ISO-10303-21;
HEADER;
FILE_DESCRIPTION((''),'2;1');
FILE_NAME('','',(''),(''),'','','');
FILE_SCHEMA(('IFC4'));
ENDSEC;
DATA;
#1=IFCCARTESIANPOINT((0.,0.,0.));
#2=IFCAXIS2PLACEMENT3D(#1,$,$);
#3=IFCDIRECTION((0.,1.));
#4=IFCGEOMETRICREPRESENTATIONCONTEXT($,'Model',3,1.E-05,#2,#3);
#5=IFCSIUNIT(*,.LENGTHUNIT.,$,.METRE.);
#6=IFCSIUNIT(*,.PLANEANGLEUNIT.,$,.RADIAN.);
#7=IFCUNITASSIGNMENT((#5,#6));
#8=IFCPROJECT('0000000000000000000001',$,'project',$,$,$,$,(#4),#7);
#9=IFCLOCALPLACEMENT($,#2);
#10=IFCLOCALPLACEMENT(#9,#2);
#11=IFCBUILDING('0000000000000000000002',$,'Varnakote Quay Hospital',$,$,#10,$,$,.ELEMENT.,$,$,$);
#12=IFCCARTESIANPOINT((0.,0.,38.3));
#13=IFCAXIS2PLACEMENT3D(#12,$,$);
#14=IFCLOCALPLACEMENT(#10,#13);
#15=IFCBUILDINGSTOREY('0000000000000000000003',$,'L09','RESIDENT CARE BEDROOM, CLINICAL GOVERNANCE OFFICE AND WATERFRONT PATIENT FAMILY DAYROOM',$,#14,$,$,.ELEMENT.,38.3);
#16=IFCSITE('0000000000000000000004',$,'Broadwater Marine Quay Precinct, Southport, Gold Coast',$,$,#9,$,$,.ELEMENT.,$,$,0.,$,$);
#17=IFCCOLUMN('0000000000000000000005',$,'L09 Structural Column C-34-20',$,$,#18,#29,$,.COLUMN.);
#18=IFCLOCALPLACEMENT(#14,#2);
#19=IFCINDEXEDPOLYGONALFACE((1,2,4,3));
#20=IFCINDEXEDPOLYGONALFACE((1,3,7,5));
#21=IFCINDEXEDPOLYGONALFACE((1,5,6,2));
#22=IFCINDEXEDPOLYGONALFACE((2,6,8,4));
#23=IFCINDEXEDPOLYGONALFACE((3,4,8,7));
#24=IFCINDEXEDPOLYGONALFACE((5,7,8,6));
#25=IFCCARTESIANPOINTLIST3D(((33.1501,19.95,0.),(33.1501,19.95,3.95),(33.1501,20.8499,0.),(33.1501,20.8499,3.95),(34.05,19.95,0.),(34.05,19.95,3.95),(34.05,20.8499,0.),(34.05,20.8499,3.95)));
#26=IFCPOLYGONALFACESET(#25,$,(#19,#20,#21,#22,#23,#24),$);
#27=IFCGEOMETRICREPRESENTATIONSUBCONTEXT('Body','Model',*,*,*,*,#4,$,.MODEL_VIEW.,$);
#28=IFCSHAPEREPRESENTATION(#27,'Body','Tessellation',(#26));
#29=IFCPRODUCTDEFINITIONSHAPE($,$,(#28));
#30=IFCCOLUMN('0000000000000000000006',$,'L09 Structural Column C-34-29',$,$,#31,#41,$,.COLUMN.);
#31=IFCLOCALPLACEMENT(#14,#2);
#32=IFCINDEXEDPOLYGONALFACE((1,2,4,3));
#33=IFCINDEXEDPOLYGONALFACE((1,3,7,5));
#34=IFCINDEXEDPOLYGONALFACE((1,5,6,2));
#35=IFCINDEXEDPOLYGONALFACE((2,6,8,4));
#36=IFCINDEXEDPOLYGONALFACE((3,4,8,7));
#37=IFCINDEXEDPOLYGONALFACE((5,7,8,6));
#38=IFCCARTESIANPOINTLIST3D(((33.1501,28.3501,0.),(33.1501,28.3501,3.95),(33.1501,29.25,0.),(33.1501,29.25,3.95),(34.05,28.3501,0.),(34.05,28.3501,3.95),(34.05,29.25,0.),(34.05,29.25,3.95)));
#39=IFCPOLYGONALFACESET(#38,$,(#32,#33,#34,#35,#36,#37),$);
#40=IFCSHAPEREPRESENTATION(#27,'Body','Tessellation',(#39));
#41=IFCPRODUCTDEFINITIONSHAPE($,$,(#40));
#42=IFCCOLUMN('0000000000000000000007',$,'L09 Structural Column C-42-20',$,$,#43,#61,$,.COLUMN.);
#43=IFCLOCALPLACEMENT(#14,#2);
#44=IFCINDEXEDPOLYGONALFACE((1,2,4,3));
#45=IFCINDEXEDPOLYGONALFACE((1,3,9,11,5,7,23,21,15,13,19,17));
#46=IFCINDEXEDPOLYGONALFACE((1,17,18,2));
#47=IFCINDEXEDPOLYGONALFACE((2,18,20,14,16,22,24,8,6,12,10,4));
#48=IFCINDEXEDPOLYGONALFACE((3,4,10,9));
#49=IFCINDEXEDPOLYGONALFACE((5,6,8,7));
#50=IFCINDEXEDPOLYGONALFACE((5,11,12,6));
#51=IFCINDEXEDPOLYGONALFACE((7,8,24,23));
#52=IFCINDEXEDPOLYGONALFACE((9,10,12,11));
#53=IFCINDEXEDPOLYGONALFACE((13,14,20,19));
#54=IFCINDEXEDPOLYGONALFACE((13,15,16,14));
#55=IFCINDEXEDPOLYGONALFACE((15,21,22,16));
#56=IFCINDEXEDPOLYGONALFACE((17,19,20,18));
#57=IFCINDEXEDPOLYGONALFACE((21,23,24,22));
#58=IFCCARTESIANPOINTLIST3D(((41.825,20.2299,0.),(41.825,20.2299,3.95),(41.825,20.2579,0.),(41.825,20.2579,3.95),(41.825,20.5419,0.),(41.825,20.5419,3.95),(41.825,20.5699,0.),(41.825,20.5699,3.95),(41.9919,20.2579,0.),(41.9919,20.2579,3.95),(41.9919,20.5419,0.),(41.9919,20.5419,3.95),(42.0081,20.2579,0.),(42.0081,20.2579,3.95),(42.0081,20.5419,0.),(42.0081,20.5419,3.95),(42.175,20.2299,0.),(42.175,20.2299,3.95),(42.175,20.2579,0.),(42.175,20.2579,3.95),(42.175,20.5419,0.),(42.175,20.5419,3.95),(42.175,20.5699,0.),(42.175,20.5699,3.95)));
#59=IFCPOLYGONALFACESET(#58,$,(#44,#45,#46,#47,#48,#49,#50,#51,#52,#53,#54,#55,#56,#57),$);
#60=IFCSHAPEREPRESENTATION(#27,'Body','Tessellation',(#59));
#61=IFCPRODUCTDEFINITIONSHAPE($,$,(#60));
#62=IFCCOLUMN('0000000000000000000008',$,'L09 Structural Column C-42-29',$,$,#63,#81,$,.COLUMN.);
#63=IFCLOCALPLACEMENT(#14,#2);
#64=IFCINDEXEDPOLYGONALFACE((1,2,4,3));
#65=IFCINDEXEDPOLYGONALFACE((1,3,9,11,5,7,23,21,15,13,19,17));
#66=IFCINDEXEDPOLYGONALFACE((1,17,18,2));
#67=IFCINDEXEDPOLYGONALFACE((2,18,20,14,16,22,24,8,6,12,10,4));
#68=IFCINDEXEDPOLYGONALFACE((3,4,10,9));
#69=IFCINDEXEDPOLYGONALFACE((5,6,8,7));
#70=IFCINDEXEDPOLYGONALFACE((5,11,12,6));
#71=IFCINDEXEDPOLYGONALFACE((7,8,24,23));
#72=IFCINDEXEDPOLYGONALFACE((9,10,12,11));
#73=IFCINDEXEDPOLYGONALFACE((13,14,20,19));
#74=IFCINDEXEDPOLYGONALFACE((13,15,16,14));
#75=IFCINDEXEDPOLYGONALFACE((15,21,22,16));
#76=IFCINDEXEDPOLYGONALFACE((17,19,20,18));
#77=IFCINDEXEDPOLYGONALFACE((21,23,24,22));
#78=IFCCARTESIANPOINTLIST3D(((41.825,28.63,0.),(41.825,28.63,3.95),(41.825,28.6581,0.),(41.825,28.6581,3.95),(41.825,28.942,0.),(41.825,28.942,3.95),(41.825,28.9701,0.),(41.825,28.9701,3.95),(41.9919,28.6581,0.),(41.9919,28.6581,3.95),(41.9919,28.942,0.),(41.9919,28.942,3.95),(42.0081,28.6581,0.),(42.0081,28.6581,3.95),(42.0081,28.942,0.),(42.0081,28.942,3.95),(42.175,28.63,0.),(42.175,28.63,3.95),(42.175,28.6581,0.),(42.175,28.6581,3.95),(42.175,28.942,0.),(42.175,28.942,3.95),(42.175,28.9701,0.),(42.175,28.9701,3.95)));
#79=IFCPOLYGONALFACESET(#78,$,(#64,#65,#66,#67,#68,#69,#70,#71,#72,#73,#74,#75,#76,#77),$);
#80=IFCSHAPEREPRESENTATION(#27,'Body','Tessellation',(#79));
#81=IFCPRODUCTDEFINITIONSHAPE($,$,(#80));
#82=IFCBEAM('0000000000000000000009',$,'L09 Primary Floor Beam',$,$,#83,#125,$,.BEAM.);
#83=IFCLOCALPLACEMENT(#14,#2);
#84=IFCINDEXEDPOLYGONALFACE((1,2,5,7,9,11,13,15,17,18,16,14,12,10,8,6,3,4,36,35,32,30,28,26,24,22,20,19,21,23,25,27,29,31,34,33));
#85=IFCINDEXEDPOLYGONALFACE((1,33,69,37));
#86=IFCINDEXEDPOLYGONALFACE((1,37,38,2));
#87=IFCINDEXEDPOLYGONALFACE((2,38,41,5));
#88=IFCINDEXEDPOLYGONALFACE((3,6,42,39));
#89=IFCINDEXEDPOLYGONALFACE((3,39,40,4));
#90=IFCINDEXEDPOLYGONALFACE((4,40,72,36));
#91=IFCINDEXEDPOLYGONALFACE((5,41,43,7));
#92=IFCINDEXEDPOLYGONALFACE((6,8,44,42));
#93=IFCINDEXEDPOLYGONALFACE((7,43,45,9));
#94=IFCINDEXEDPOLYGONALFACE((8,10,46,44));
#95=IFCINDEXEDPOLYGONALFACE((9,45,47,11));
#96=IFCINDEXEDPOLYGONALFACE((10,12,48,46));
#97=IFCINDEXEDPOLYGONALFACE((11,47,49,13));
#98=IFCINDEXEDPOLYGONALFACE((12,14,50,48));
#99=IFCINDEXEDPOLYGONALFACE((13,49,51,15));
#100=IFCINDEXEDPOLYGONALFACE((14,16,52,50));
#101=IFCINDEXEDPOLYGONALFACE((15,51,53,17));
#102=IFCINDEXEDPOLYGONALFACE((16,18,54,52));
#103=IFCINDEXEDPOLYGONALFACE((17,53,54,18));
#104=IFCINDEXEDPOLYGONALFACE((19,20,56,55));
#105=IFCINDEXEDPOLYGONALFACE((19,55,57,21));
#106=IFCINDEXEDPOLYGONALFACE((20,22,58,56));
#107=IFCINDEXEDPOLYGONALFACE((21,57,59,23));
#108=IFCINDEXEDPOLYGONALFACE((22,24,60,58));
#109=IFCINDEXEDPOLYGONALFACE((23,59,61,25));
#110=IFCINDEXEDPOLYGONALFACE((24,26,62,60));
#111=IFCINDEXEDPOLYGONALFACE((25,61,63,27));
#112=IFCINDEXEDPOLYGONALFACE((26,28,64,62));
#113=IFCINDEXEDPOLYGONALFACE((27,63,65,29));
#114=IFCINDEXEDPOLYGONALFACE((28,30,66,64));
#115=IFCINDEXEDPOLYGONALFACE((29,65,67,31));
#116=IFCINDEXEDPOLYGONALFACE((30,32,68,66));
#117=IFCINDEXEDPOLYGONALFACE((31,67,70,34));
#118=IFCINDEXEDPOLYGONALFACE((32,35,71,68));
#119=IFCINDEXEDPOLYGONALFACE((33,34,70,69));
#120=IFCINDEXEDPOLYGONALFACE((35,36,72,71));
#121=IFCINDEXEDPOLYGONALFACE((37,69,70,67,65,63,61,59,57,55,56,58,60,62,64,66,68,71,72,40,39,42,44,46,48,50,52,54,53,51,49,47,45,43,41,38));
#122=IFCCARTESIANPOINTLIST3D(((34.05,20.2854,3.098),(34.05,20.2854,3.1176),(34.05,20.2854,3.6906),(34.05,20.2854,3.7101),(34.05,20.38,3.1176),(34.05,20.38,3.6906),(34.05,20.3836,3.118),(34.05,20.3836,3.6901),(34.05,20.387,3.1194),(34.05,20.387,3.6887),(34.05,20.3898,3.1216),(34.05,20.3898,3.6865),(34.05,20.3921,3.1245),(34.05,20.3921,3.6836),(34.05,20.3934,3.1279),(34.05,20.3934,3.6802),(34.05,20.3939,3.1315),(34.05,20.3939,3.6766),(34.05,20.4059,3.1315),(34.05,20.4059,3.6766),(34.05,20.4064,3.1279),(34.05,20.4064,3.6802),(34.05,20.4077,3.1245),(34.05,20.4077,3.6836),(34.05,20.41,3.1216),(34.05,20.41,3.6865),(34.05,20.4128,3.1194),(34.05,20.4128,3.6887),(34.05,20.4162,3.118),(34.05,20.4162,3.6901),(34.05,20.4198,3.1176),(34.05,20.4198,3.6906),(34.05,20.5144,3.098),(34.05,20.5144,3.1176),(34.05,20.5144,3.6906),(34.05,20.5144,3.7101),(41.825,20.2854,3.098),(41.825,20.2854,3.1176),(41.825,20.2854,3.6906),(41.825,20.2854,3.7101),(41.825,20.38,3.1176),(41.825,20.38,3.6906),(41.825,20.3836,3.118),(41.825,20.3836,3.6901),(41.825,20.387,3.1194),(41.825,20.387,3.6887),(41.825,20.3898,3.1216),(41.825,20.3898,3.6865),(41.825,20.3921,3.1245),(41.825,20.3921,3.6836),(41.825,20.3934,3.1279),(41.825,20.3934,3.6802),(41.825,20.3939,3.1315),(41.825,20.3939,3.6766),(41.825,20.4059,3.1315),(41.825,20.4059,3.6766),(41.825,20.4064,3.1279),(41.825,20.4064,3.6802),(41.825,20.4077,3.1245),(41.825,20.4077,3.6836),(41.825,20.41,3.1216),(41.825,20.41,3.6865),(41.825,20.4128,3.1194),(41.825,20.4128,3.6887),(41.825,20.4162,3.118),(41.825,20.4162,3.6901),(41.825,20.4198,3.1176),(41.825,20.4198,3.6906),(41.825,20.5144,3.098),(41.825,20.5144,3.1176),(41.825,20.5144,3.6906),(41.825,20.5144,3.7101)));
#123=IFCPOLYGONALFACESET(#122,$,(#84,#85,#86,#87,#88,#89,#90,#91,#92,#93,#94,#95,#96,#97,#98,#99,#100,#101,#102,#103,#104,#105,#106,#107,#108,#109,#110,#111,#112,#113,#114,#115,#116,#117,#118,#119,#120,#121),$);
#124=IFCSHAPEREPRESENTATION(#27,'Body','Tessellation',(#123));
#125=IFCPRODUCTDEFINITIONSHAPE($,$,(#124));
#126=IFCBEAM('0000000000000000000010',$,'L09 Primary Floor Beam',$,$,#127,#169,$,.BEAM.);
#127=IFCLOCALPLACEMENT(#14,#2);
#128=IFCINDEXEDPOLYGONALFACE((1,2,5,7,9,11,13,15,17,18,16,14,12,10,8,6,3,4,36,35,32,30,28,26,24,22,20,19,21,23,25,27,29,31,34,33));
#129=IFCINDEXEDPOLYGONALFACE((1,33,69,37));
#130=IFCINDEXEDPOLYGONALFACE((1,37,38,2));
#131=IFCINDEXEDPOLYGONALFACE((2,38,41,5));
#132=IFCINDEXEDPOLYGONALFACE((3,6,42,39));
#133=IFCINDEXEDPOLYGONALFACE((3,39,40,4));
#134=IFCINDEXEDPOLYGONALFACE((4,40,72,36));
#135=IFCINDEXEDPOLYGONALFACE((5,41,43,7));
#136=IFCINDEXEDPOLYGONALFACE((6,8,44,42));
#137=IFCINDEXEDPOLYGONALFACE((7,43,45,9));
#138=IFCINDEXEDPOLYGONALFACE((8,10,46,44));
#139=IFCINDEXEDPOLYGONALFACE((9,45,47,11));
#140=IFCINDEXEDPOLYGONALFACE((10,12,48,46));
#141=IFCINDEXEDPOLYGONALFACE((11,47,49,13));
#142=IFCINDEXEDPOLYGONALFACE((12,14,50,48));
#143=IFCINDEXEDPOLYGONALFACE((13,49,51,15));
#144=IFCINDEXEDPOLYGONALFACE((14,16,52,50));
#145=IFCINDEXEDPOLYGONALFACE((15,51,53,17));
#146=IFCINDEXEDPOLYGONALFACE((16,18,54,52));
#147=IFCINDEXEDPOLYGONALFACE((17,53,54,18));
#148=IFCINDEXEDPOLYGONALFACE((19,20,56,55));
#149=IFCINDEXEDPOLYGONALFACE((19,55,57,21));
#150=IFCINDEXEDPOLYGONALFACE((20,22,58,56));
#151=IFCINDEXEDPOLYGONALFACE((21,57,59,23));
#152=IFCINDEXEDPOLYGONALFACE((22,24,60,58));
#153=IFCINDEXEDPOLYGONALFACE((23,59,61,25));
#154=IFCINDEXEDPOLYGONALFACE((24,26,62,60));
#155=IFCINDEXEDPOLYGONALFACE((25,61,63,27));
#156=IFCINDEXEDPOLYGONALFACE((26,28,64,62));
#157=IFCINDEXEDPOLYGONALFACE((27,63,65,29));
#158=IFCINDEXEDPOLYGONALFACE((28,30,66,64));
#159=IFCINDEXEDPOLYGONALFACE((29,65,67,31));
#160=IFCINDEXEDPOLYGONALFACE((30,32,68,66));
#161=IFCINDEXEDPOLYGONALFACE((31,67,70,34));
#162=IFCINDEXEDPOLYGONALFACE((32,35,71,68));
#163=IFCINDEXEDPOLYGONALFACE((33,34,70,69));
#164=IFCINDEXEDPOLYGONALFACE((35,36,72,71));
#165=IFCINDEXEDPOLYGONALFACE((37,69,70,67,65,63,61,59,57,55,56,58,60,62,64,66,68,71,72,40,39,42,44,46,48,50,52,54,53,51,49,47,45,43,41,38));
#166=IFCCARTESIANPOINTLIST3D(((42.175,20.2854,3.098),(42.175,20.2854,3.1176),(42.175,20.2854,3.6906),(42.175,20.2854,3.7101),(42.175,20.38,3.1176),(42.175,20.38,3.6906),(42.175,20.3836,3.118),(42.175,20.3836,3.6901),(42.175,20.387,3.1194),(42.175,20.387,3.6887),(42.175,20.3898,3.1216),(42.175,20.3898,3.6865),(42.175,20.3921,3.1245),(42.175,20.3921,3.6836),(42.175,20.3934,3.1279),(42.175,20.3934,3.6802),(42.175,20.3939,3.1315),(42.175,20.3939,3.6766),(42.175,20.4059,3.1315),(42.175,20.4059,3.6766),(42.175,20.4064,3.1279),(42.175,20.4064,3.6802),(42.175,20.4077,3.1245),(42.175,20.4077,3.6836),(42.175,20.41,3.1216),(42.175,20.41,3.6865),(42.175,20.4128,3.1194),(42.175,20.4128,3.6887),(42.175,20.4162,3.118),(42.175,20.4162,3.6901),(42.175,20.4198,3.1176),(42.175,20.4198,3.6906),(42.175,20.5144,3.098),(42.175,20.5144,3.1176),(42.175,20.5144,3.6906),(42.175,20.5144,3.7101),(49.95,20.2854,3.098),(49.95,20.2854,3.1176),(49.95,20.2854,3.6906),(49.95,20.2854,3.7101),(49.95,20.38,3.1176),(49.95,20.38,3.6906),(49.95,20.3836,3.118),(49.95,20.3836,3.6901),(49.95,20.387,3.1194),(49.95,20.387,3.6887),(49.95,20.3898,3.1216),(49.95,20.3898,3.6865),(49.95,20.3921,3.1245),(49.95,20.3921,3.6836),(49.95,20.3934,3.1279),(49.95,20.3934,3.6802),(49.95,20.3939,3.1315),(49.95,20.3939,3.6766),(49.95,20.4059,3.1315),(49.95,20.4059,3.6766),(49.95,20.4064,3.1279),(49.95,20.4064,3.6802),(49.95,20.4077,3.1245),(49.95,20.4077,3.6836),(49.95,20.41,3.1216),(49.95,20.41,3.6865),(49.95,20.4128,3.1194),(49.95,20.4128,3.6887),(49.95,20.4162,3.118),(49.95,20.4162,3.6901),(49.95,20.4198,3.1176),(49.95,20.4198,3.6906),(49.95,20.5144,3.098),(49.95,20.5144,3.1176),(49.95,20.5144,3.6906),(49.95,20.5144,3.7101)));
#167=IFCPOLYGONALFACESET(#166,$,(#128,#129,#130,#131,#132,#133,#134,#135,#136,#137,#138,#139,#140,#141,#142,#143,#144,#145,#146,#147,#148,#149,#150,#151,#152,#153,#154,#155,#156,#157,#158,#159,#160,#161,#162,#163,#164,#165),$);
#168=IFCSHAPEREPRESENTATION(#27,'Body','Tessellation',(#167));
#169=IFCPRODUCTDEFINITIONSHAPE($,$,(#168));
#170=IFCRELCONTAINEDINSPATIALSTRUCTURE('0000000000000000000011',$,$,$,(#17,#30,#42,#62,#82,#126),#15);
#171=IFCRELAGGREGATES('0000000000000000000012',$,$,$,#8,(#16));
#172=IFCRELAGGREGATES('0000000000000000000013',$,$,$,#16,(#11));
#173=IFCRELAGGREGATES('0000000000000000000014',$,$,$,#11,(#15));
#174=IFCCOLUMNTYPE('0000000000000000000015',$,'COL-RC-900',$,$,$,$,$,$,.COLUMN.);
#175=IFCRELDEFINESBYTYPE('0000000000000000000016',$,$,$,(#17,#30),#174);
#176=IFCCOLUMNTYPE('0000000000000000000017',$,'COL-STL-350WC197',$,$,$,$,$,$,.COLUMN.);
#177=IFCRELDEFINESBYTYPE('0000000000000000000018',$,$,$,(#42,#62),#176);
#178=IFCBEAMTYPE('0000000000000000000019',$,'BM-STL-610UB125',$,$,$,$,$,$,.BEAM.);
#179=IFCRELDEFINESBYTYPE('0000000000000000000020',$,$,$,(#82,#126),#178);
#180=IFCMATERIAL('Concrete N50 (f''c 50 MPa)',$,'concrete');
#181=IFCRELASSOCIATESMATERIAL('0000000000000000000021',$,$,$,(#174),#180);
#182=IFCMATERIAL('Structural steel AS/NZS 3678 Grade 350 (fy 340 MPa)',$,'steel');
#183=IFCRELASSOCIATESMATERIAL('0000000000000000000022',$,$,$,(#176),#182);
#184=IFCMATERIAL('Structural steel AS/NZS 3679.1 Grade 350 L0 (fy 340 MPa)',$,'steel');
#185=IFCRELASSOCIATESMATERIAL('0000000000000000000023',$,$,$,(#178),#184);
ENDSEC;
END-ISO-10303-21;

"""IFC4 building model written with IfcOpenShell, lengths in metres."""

from ifc_helpers import new_model, si_unit, direction, frame, origin, origin_2d, place, context, subcontext, project, spatial, rectangle, i_section, extrude, material, material_profile, profile_set, type_object, element, save


model = new_model("IFC4")

# Units and contexts
model_context = context("Model", 3, precision=1e-05, world=origin(), true_north=direction((0.0, 1.0)))
body_context = subcontext(model_context, "Body", "Model", "MODEL_VIEW")
ifc_project = project(units=[si_unit("LENGTHUNIT", "METRE"), si_unit("PLANEANGLEUNIT", "RADIAN")], contexts=[model_context])

# Site, building, storey
site_placement = place(None, origin())
site = spatial("IfcSite", under=ifc_project, at=site_placement, Name="Broadwater Marine Quay Precinct, Southport, Gold Coast", CompositionType="ELEMENT", RefElevation=0.0)
building_placement = place(site_placement, origin())
building = spatial("IfcBuilding", under=site, at=building_placement, Name="Varnakote Quay Hospital", CompositionType="ELEMENT")
storey_placement = place(building_placement, frame((0.0, 0.0, 38.3)))
storey = spatial("IfcBuildingStorey", under=building, at=storey_placement, Name="L09", Description="RESIDENT CARE BEDROOM, CLINICAL GOVERNANCE OFFICE AND WATERFRONT PATIENT FAMILY DAYROOM", CompositionType="ELEMENT", Elevation=38.3)

# Columns
ifc_material_1 = material(Name="Concrete N50 (f'c 50 MPa)", Category="concrete")
ifc_material_profile_1 = material_profile(ifc_material_1, rectangle(XDim=0.8999, YDim=0.8999, at=origin_2d()), Name="RC-COL-900x900")
ifc_profile_set_1 = profile_set([ifc_material_profile_1], Name="Concrete N50 (f'c 50 MPa)")
column_type_1 = type_object("IfcColumnType", Name="COL-RC-900", PredefinedType="COLUMN", material=ifc_profile_set_1)
for number, where, z_axis, x_axis, name in (
    (1, (33.6001, 20.3999, 0.0), (0.0, 0.0, 1.0), (1.0, 0.0, 0.0), "L09 Structural Column C-34-20"),
    (2, (33.6001, 28.8, 0.0), (0.0, 0.0, 1.0), (1.0, 0.0, 0.0), "L09 Structural Column C-34-29"),
):
    element("IfcColumn", number, at=place(storey_placement, frame(where, z_axis=z_axis, x_axis=x_axis)), inside=storey, type_object=column_type_1, Name=name, PredefinedType="COLUMN", context=body_context, shape_type="SweptSolid", body=[
        extrude(rectangle(XDim=0.8999, YDim=0.8999, at=origin_2d()), origin(), (0.0, 0.0, 1.0), 3.95),
    ])
ifc_material_2 = material(Name="Structural steel AS/NZS 3678 Grade 350 (fy 340 MPa)", Category="steel")
ifc_material_profile_2 = material_profile(ifc_material_2, i_section(OverallWidth=0.3501, OverallDepth=0.3401, WebThickness=0.0161, FlangeThickness=0.0281, at=origin_2d()), Name="350WC197")
ifc_profile_set_2 = profile_set([ifc_material_profile_2], Name="Structural steel AS/NZS 3678 Grade 350 (fy 340 MPa)")
column_type_2 = type_object("IfcColumnType", Name="COL-STL-350WC197", PredefinedType="COLUMN", material=ifc_profile_set_2)
for number, where, z_axis, x_axis, name in (
    (3, (42.0, 20.3999, 0.0), (0.0, 0.0, 1.0), (1.0, 0.0, 0.0), "L09 Structural Column C-42-20"),
    (4, (42.0, 28.8, 0.0), (0.0, 0.0, 1.0), (1.0, 0.0, 0.0), "L09 Structural Column C-42-29"),
):
    element("IfcColumn", number, at=place(storey_placement, frame(where, z_axis=z_axis, x_axis=x_axis)), inside=storey, type_object=column_type_2, Name=name, PredefinedType="COLUMN", context=body_context, shape_type="SweptSolid", body=[
        extrude(i_section(OverallWidth=0.3501, OverallDepth=0.3401, WebThickness=0.0161, FlangeThickness=0.0281, at=origin_2d()), origin(), (0.0, 0.0, 1.0), 3.95),
    ])

# Beams
ifc_material_3 = material(Name="Structural steel AS/NZS 3679.1 Grade 350 L0 (fy 340 MPa)", Category="steel")
ifc_material_profile_3 = material_profile(ifc_material_3, i_section(OverallWidth=0.229, OverallDepth=0.6121, WebThickness=0.012, FlangeThickness=0.0195, FilletRadius=0.0139, at=origin_2d()), Name="610UB125")
ifc_profile_set_3 = profile_set([ifc_material_profile_3], Name="Structural steel AS/NZS 3679.1 Grade 350 L0 (fy 340 MPa)")
beam_type_1 = type_object("IfcBeamType", Name="BM-STL-610UB125", PredefinedType="BEAM", material=ifc_profile_set_3)
for number, where, z_axis, x_axis, name in (
    (5, (34.05, 20.3999, 3.4041), (1.0, 0.0, 0.0), (0.0, 1.0, 0.0), "L09 Primary Floor Beam"),
    (6, (42.175, 20.3999, 3.4041), (1.0, 0.0, 0.0), (0.0, 1.0, 0.0), "L09 Primary Floor Beam"),
):
    element("IfcBeam", number, at=place(storey_placement, frame(where, z_axis=z_axis, x_axis=x_axis)), inside=storey, type_object=beam_type_1, Name=name, PredefinedType="BEAM", context=body_context, shape_type="SweptSolid", body=[
        extrude(i_section(OverallWidth=0.229, OverallDepth=0.6121, WebThickness=0.012, FlangeThickness=0.0195, FilletRadius=0.0139, at=origin_2d()), origin(), (0.0, 0.0, 1.0), 7.7749),
    ])

save(model, "model.ifc")
